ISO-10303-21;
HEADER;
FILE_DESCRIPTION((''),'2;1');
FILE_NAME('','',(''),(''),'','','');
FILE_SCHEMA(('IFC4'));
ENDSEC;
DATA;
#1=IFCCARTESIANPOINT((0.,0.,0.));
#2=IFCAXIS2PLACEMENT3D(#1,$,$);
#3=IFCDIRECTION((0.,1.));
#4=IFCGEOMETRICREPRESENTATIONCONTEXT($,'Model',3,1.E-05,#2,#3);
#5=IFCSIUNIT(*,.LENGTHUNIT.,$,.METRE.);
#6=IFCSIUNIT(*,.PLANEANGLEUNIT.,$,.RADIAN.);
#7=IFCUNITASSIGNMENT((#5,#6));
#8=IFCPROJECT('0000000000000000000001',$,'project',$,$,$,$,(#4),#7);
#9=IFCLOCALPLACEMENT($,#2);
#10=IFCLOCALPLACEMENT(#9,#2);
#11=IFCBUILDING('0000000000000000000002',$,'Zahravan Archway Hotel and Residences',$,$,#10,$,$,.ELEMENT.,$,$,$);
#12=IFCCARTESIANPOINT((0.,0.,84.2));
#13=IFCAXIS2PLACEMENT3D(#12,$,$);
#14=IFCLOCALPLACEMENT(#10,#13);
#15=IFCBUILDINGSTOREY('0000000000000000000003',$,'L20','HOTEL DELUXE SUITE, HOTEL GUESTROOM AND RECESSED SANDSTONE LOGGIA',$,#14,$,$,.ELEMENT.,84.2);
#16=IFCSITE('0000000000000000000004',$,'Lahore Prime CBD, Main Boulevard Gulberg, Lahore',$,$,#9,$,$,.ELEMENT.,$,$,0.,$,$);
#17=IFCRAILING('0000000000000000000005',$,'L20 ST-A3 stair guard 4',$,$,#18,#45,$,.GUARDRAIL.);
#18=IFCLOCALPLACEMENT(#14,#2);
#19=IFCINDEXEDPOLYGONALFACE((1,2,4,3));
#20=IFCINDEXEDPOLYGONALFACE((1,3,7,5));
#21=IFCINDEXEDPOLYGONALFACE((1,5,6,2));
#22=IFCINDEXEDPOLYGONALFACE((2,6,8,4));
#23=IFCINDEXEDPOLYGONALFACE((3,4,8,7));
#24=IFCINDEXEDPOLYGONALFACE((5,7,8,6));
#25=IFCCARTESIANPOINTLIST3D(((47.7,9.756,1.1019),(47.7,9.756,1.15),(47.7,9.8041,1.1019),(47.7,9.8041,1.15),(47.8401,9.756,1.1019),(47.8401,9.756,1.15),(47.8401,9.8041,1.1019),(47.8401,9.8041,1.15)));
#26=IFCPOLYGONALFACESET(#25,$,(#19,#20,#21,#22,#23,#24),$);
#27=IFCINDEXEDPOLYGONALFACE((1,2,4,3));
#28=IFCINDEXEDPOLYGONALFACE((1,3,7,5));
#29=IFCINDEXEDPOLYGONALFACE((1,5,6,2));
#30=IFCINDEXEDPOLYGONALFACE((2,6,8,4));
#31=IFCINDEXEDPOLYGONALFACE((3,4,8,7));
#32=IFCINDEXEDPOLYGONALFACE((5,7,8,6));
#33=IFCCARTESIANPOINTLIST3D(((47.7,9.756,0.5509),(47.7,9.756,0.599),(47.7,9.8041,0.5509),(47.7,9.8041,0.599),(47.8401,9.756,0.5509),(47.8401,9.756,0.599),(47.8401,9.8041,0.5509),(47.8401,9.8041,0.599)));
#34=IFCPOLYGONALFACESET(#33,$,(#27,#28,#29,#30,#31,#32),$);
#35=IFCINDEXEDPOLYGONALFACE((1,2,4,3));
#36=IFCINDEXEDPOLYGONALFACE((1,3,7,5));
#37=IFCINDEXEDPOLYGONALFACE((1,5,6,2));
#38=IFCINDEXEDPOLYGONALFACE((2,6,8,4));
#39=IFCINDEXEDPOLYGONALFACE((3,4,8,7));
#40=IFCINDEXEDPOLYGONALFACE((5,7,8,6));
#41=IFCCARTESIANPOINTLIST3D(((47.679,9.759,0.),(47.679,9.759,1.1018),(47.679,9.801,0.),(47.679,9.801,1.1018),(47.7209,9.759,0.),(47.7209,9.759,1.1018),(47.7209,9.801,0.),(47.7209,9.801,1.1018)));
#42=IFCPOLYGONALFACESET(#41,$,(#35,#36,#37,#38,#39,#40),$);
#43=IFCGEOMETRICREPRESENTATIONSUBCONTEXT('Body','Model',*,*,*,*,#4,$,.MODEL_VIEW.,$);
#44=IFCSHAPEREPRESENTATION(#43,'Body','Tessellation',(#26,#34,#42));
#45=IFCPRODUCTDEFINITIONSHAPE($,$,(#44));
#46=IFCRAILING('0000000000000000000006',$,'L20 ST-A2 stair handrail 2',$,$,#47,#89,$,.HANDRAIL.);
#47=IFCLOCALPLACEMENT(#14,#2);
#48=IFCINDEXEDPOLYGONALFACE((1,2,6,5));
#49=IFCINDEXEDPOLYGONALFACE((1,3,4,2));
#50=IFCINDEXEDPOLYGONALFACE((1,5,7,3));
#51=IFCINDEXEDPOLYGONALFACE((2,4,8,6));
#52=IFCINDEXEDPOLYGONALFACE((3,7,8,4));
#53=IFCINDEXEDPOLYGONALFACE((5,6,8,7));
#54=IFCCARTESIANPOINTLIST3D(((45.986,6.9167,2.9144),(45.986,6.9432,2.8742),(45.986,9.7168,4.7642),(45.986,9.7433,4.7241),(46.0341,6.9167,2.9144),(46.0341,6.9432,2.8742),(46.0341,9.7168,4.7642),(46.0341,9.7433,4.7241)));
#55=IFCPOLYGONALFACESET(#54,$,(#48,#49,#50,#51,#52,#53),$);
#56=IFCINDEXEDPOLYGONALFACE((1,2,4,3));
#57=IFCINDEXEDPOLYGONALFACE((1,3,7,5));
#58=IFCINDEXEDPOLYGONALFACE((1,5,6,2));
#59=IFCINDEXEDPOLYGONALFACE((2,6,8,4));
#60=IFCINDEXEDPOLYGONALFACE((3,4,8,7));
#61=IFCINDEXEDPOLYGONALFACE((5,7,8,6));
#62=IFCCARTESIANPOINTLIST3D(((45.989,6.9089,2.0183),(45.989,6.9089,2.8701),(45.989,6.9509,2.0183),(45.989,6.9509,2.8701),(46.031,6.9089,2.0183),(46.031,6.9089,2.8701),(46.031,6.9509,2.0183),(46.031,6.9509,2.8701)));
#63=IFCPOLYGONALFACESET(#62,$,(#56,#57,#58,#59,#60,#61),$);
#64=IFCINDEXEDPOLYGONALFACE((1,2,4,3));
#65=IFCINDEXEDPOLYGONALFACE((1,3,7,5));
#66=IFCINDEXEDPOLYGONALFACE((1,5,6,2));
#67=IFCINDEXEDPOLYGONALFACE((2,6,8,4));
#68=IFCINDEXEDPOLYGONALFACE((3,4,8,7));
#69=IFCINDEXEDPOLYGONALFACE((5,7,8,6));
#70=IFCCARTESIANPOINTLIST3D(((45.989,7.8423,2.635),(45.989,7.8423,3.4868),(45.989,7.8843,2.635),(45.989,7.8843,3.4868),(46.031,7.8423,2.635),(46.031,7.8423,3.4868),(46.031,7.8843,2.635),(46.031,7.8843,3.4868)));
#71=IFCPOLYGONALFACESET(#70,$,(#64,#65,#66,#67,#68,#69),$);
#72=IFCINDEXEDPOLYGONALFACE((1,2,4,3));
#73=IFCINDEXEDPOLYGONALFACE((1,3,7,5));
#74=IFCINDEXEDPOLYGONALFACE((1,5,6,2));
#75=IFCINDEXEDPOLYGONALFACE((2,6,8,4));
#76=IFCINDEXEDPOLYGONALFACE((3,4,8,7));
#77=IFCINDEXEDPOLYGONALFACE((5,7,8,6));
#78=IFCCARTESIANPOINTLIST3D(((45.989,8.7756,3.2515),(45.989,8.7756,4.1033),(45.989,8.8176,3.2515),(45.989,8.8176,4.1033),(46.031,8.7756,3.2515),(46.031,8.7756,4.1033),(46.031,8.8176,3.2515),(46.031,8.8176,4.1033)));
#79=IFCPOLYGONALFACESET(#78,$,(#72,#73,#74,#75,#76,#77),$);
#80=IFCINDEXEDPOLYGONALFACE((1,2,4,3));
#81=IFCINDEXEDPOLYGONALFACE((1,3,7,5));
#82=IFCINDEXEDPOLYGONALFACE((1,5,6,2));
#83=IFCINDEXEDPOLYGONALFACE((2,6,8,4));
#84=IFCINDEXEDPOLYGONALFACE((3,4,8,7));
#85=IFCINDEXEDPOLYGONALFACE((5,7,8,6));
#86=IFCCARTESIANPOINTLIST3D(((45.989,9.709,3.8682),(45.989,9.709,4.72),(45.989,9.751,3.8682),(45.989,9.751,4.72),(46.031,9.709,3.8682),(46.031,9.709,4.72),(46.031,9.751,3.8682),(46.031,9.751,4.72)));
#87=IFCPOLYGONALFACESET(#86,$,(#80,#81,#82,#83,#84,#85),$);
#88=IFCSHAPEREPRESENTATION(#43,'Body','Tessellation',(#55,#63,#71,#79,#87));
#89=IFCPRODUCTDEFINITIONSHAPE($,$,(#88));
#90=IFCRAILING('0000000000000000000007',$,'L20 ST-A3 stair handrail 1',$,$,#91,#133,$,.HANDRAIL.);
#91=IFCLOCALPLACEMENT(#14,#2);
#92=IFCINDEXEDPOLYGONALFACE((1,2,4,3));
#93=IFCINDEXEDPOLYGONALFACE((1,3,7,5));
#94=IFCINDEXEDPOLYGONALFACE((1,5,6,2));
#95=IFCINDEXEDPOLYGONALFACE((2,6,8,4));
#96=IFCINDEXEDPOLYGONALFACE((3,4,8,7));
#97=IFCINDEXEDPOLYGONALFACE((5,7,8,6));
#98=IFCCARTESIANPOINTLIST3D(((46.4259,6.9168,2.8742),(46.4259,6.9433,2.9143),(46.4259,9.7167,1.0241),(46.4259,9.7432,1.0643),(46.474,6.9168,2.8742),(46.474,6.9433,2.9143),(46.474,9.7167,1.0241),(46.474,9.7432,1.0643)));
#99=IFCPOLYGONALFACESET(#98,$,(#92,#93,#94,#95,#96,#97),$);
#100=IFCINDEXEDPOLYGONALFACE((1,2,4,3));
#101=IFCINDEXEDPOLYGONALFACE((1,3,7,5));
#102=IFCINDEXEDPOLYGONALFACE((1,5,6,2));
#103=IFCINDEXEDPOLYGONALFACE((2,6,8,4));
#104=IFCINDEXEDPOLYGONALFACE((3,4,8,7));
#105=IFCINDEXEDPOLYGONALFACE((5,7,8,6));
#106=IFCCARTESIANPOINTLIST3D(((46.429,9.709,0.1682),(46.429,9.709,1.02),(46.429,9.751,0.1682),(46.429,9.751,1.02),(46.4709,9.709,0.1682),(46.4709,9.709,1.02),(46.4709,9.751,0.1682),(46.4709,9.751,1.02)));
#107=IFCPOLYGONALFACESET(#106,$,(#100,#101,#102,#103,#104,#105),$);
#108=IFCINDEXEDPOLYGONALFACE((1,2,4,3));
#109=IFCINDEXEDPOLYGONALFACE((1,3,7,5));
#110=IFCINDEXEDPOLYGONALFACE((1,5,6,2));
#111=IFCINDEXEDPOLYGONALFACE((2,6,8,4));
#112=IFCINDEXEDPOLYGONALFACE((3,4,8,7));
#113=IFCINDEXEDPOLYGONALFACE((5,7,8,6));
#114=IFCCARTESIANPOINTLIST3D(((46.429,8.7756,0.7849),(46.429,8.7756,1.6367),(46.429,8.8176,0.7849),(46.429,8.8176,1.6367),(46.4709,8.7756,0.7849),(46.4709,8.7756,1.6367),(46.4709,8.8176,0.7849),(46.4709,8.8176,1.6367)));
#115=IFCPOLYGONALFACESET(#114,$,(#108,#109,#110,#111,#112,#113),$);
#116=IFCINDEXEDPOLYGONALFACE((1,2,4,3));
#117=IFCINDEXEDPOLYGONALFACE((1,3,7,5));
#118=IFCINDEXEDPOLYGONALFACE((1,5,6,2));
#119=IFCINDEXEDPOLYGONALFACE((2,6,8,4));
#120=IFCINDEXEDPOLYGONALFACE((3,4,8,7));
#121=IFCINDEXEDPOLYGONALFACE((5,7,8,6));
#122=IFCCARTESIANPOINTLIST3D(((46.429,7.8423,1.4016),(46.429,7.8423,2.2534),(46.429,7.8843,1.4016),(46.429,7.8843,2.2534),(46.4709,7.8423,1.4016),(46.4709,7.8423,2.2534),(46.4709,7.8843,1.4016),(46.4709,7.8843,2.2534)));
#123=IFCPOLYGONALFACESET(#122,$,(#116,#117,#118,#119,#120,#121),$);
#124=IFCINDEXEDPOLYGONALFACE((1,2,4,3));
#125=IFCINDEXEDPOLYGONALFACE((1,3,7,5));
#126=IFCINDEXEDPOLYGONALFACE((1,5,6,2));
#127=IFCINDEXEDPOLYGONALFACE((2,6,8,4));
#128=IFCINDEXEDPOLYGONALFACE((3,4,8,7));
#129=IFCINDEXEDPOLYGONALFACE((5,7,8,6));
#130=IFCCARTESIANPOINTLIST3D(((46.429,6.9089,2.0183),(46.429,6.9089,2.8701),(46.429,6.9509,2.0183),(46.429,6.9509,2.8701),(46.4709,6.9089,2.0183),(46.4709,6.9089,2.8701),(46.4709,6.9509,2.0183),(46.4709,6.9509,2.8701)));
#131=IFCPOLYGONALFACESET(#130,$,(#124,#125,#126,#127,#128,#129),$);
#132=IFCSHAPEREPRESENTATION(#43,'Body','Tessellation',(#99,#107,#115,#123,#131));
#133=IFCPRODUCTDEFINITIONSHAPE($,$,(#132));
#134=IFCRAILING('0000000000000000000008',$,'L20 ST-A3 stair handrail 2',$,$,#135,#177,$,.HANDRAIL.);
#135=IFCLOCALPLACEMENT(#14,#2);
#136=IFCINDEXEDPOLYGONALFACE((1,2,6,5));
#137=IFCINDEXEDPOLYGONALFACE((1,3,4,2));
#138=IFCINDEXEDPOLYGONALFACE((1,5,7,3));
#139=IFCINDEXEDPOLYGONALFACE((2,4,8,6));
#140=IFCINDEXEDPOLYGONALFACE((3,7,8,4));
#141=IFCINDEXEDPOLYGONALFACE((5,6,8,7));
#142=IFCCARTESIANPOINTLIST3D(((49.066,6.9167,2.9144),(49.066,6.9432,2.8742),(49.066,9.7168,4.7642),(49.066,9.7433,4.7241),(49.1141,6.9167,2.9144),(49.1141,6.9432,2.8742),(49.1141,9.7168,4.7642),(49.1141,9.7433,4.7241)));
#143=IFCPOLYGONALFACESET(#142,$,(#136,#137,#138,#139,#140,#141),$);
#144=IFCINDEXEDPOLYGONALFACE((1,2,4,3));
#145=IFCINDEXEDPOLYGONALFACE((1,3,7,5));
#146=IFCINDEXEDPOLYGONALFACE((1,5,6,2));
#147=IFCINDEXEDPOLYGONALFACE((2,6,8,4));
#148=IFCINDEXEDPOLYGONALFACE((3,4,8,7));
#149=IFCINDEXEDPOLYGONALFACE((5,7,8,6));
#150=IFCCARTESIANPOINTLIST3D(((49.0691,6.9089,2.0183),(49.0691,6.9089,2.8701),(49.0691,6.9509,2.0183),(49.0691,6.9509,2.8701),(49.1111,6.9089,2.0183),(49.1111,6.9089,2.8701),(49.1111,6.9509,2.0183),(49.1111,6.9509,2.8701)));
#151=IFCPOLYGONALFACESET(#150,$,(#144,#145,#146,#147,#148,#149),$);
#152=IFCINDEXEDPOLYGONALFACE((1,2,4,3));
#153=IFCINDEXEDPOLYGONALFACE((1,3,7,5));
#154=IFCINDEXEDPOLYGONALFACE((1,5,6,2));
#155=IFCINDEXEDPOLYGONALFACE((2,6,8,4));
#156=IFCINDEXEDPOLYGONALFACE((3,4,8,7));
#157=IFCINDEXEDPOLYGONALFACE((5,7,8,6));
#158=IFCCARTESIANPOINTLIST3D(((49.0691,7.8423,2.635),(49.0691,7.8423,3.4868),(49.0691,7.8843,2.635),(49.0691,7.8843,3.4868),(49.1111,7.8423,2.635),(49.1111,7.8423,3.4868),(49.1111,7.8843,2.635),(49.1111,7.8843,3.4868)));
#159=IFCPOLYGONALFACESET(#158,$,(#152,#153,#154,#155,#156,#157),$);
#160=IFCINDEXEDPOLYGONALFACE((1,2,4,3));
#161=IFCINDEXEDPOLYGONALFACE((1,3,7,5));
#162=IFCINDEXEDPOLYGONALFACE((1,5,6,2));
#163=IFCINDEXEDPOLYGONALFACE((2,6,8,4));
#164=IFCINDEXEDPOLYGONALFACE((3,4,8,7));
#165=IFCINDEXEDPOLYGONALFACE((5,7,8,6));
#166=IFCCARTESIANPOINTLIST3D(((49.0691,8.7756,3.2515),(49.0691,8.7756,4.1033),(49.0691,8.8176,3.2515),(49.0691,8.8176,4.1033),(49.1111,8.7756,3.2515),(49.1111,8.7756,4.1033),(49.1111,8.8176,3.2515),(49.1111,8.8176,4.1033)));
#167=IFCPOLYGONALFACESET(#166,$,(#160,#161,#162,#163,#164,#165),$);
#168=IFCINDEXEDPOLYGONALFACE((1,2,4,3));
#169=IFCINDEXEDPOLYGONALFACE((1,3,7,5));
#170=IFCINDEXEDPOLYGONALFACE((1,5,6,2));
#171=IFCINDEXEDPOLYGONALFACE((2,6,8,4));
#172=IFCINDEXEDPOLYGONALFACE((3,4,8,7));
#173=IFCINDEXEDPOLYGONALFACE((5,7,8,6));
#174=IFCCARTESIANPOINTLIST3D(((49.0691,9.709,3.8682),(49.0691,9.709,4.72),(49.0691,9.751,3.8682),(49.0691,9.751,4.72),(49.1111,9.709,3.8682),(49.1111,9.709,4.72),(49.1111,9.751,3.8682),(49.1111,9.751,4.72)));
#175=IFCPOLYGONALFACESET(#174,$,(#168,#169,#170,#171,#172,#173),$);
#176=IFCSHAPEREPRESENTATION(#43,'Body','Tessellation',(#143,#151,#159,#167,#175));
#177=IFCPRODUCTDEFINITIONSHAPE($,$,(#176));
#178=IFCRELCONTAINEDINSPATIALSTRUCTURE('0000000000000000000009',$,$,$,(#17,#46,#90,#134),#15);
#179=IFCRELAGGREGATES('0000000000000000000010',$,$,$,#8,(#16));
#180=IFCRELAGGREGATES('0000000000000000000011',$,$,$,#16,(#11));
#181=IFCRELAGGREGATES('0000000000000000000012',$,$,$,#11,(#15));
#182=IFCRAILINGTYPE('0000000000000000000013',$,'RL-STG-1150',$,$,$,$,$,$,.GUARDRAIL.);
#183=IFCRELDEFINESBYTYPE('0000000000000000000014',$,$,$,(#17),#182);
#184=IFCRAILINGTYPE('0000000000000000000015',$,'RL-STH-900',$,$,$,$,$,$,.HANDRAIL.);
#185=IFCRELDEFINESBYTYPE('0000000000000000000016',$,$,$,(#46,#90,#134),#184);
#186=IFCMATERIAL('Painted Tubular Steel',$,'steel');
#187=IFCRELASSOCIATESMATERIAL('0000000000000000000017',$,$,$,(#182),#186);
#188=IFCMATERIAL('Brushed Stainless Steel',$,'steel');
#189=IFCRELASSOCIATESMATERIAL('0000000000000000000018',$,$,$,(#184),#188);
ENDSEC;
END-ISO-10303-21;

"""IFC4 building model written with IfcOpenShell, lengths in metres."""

from ifc_helpers import new_model, si_unit, direction, frame, origin, origin_2d, place, context, subcontext, project, spatial, rectangle, extrude, material, type_object, element, save


model = new_model("IFC4")

# Units and contexts
model_context = context("Model", 3, precision=1e-05, world=origin(), true_north=direction((0.0, 1.0)))
body_context = subcontext(model_context, "Body", "Model", "MODEL_VIEW")
ifc_project = project(units=[si_unit("LENGTHUNIT", "METRE"), si_unit("PLANEANGLEUNIT", "RADIAN")], contexts=[model_context])

# Site, building, storey
site_placement = place(None, origin())
site = spatial("IfcSite", under=ifc_project, at=site_placement, Name="Lahore Prime CBD, Main Boulevard Gulberg, Lahore", CompositionType="ELEMENT", RefElevation=0.0)
building_placement = place(site_placement, origin())
building = spatial("IfcBuilding", under=site, at=building_placement, Name="Zahravan Archway Hotel and Residences", CompositionType="ELEMENT")
storey_placement = place(building_placement, frame((0.0, 0.0, 84.2)))
storey = spatial("IfcBuildingStorey", under=building, at=storey_placement, Name="L20", Description="HOTEL DELUXE SUITE, HOTEL GUESTROOM AND RECESSED SANDSTONE LOGGIA", CompositionType="ELEMENT", Elevation=84.2)

# Railings
ifc_material_1 = material(Name="Painted Tubular Steel", Category="steel")
railing_type_1 = type_object("IfcRailingType", Name="RL-STG-1150", PredefinedType="GUARDRAIL", material=ifc_material_1)
railing_1_placement = place(storey_placement, frame((47.7, 9.78, 0.0)))
element("IfcRailing", 1, at=railing_1_placement, inside=storey, type_object=railing_type_1, Name="L20 ST-A3 stair guard 4", PredefinedType="GUARDRAIL", context=body_context, shape_type="SweptSolid", body=[
    extrude(rectangle(XDim=0.0481, YDim=0.0481, at=origin_2d()), frame((0.0, 0.0, 1.126), z_axis=(1.0, 0.0, 0.0), x_axis=(0.0, 1.0, 0.0)), (0.0, 0.0, 1.0), 0.1401),
    extrude(rectangle(XDim=0.0481, YDim=0.0481, at=origin_2d()), frame((0.0, 0.0, 0.575), z_axis=(1.0, 0.0, 0.0), x_axis=(0.0, 1.0, 0.0)), (0.0, 0.0, 1.0), 0.1401),
    extrude(rectangle(XDim=0.042, YDim=0.042, at=origin_2d()), origin(), (0.0, 0.0, 1.0), 1.1018),
])
ifc_material_2 = material(Name="Brushed Stainless Steel", Category="steel")
railing_type_2 = type_object("IfcRailingType", Name="RL-STH-900", PredefinedType="HANDRAIL", material=ifc_material_2)
railing_2_placement = place(storey_placement, frame((46.01, 6.9299, 2.0183)))
element("IfcRailing", 2, at=railing_2_placement, inside=storey, type_object=railing_type_2, Name="L20 ST-A2 stair handrail 2", PredefinedType="HANDRAIL", context=body_context, shape_type="SweptSolid", body=[
    extrude(rectangle(XDim=0.0481, YDim=0.0481, at=origin_2d()), frame((0.0, 0.0, 0.876), z_axis=(0.0, 0.83436, 0.55122), x_axis=(-1.0, 0.0, 0.0)), (0.0, 0.0, 1.0), 3.356),
    extrude(rectangle(XDim=0.042, YDim=0.042, at=origin_2d()), origin(), (0.0, 0.0, 1.0), 0.8518),
    extrude(rectangle(XDim=0.042, YDim=0.042, at=origin_2d()), frame((0.0, 0.9333, 0.6167)), (0.0, 0.0, 1.0), 0.8518),
    extrude(rectangle(XDim=0.042, YDim=0.042, at=origin_2d()), frame((0.0, 1.8667, 1.2332)), (0.0, 0.0, 1.0), 0.8518),
    extrude(rectangle(XDim=0.042, YDim=0.042, at=origin_2d()), frame((0.0, 2.8, 1.8499)), (0.0, 0.0, 1.0), 0.8518),
])
railing_3_placement = place(storey_placement, frame((46.45, 9.73, 0.1682)))
element("IfcRailing", 3, at=railing_3_placement, inside=storey, type_object=railing_type_2, Name="L20 ST-A3 stair handrail 1", PredefinedType="HANDRAIL", context=body_context, shape_type="SweptSolid", body=[
    extrude(rectangle(XDim=0.0481, YDim=0.0481, at=origin_2d()), frame((0.0, 0.0, 0.876), z_axis=(0.0, -0.834326, 0.551271), x_axis=(1.0, 0.0, 0.0)), (0.0, 0.0, 1.0), 3.356),
    extrude(rectangle(XDim=0.042, YDim=0.042, at=origin_2d()), origin(), (0.0, 0.0, 1.0), 0.8518),
    extrude(rectangle(XDim=0.042, YDim=0.042, at=origin_2d()), frame((0.0, -0.9333, 0.6167)), (0.0, 0.0, 1.0), 0.8518),
    extrude(rectangle(XDim=0.042, YDim=0.042, at=origin_2d()), frame((0.0, -1.8667, 1.2334)), (0.0, 0.0, 1.0), 0.8518),
    extrude(rectangle(XDim=0.042, YDim=0.042, at=origin_2d()), frame((0.0, -2.8, 1.8501)), (0.0, 0.0, 1.0), 0.8518),
])
railing_4_placement = place(storey_placement, frame((49.0901, 6.9299, 2.0183)))
element("IfcRailing", 4, at=railing_4_placement, inside=storey, type_object=railing_type_2, Name="L20 ST-A3 stair handrail 2", PredefinedType="HANDRAIL", context=body_context, shape_type="SweptSolid", body=[
    extrude(rectangle(XDim=0.0481, YDim=0.0481, at=origin_2d()), frame((0.0, 0.0, 0.876), z_axis=(0.0, 0.83436, 0.55122), x_axis=(-1.0, 0.0, 0.0)), (0.0, 0.0, 1.0), 3.356),
    extrude(rectangle(XDim=0.042, YDim=0.042, at=origin_2d()), origin(), (0.0, 0.0, 1.0), 0.8518),
    extrude(rectangle(XDim=0.042, YDim=0.042, at=origin_2d()), frame((0.0, 0.9333, 0.6167)), (0.0, 0.0, 1.0), 0.8518),
    extrude(rectangle(XDim=0.042, YDim=0.042, at=origin_2d()), frame((0.0, 1.8667, 1.2332)), (0.0, 0.0, 1.0), 0.8518),
    extrude(rectangle(XDim=0.042, YDim=0.042, at=origin_2d()), frame((0.0, 2.8, 1.8499)), (0.0, 0.0, 1.0), 0.8518),
])

save(model, "model.ifc")
